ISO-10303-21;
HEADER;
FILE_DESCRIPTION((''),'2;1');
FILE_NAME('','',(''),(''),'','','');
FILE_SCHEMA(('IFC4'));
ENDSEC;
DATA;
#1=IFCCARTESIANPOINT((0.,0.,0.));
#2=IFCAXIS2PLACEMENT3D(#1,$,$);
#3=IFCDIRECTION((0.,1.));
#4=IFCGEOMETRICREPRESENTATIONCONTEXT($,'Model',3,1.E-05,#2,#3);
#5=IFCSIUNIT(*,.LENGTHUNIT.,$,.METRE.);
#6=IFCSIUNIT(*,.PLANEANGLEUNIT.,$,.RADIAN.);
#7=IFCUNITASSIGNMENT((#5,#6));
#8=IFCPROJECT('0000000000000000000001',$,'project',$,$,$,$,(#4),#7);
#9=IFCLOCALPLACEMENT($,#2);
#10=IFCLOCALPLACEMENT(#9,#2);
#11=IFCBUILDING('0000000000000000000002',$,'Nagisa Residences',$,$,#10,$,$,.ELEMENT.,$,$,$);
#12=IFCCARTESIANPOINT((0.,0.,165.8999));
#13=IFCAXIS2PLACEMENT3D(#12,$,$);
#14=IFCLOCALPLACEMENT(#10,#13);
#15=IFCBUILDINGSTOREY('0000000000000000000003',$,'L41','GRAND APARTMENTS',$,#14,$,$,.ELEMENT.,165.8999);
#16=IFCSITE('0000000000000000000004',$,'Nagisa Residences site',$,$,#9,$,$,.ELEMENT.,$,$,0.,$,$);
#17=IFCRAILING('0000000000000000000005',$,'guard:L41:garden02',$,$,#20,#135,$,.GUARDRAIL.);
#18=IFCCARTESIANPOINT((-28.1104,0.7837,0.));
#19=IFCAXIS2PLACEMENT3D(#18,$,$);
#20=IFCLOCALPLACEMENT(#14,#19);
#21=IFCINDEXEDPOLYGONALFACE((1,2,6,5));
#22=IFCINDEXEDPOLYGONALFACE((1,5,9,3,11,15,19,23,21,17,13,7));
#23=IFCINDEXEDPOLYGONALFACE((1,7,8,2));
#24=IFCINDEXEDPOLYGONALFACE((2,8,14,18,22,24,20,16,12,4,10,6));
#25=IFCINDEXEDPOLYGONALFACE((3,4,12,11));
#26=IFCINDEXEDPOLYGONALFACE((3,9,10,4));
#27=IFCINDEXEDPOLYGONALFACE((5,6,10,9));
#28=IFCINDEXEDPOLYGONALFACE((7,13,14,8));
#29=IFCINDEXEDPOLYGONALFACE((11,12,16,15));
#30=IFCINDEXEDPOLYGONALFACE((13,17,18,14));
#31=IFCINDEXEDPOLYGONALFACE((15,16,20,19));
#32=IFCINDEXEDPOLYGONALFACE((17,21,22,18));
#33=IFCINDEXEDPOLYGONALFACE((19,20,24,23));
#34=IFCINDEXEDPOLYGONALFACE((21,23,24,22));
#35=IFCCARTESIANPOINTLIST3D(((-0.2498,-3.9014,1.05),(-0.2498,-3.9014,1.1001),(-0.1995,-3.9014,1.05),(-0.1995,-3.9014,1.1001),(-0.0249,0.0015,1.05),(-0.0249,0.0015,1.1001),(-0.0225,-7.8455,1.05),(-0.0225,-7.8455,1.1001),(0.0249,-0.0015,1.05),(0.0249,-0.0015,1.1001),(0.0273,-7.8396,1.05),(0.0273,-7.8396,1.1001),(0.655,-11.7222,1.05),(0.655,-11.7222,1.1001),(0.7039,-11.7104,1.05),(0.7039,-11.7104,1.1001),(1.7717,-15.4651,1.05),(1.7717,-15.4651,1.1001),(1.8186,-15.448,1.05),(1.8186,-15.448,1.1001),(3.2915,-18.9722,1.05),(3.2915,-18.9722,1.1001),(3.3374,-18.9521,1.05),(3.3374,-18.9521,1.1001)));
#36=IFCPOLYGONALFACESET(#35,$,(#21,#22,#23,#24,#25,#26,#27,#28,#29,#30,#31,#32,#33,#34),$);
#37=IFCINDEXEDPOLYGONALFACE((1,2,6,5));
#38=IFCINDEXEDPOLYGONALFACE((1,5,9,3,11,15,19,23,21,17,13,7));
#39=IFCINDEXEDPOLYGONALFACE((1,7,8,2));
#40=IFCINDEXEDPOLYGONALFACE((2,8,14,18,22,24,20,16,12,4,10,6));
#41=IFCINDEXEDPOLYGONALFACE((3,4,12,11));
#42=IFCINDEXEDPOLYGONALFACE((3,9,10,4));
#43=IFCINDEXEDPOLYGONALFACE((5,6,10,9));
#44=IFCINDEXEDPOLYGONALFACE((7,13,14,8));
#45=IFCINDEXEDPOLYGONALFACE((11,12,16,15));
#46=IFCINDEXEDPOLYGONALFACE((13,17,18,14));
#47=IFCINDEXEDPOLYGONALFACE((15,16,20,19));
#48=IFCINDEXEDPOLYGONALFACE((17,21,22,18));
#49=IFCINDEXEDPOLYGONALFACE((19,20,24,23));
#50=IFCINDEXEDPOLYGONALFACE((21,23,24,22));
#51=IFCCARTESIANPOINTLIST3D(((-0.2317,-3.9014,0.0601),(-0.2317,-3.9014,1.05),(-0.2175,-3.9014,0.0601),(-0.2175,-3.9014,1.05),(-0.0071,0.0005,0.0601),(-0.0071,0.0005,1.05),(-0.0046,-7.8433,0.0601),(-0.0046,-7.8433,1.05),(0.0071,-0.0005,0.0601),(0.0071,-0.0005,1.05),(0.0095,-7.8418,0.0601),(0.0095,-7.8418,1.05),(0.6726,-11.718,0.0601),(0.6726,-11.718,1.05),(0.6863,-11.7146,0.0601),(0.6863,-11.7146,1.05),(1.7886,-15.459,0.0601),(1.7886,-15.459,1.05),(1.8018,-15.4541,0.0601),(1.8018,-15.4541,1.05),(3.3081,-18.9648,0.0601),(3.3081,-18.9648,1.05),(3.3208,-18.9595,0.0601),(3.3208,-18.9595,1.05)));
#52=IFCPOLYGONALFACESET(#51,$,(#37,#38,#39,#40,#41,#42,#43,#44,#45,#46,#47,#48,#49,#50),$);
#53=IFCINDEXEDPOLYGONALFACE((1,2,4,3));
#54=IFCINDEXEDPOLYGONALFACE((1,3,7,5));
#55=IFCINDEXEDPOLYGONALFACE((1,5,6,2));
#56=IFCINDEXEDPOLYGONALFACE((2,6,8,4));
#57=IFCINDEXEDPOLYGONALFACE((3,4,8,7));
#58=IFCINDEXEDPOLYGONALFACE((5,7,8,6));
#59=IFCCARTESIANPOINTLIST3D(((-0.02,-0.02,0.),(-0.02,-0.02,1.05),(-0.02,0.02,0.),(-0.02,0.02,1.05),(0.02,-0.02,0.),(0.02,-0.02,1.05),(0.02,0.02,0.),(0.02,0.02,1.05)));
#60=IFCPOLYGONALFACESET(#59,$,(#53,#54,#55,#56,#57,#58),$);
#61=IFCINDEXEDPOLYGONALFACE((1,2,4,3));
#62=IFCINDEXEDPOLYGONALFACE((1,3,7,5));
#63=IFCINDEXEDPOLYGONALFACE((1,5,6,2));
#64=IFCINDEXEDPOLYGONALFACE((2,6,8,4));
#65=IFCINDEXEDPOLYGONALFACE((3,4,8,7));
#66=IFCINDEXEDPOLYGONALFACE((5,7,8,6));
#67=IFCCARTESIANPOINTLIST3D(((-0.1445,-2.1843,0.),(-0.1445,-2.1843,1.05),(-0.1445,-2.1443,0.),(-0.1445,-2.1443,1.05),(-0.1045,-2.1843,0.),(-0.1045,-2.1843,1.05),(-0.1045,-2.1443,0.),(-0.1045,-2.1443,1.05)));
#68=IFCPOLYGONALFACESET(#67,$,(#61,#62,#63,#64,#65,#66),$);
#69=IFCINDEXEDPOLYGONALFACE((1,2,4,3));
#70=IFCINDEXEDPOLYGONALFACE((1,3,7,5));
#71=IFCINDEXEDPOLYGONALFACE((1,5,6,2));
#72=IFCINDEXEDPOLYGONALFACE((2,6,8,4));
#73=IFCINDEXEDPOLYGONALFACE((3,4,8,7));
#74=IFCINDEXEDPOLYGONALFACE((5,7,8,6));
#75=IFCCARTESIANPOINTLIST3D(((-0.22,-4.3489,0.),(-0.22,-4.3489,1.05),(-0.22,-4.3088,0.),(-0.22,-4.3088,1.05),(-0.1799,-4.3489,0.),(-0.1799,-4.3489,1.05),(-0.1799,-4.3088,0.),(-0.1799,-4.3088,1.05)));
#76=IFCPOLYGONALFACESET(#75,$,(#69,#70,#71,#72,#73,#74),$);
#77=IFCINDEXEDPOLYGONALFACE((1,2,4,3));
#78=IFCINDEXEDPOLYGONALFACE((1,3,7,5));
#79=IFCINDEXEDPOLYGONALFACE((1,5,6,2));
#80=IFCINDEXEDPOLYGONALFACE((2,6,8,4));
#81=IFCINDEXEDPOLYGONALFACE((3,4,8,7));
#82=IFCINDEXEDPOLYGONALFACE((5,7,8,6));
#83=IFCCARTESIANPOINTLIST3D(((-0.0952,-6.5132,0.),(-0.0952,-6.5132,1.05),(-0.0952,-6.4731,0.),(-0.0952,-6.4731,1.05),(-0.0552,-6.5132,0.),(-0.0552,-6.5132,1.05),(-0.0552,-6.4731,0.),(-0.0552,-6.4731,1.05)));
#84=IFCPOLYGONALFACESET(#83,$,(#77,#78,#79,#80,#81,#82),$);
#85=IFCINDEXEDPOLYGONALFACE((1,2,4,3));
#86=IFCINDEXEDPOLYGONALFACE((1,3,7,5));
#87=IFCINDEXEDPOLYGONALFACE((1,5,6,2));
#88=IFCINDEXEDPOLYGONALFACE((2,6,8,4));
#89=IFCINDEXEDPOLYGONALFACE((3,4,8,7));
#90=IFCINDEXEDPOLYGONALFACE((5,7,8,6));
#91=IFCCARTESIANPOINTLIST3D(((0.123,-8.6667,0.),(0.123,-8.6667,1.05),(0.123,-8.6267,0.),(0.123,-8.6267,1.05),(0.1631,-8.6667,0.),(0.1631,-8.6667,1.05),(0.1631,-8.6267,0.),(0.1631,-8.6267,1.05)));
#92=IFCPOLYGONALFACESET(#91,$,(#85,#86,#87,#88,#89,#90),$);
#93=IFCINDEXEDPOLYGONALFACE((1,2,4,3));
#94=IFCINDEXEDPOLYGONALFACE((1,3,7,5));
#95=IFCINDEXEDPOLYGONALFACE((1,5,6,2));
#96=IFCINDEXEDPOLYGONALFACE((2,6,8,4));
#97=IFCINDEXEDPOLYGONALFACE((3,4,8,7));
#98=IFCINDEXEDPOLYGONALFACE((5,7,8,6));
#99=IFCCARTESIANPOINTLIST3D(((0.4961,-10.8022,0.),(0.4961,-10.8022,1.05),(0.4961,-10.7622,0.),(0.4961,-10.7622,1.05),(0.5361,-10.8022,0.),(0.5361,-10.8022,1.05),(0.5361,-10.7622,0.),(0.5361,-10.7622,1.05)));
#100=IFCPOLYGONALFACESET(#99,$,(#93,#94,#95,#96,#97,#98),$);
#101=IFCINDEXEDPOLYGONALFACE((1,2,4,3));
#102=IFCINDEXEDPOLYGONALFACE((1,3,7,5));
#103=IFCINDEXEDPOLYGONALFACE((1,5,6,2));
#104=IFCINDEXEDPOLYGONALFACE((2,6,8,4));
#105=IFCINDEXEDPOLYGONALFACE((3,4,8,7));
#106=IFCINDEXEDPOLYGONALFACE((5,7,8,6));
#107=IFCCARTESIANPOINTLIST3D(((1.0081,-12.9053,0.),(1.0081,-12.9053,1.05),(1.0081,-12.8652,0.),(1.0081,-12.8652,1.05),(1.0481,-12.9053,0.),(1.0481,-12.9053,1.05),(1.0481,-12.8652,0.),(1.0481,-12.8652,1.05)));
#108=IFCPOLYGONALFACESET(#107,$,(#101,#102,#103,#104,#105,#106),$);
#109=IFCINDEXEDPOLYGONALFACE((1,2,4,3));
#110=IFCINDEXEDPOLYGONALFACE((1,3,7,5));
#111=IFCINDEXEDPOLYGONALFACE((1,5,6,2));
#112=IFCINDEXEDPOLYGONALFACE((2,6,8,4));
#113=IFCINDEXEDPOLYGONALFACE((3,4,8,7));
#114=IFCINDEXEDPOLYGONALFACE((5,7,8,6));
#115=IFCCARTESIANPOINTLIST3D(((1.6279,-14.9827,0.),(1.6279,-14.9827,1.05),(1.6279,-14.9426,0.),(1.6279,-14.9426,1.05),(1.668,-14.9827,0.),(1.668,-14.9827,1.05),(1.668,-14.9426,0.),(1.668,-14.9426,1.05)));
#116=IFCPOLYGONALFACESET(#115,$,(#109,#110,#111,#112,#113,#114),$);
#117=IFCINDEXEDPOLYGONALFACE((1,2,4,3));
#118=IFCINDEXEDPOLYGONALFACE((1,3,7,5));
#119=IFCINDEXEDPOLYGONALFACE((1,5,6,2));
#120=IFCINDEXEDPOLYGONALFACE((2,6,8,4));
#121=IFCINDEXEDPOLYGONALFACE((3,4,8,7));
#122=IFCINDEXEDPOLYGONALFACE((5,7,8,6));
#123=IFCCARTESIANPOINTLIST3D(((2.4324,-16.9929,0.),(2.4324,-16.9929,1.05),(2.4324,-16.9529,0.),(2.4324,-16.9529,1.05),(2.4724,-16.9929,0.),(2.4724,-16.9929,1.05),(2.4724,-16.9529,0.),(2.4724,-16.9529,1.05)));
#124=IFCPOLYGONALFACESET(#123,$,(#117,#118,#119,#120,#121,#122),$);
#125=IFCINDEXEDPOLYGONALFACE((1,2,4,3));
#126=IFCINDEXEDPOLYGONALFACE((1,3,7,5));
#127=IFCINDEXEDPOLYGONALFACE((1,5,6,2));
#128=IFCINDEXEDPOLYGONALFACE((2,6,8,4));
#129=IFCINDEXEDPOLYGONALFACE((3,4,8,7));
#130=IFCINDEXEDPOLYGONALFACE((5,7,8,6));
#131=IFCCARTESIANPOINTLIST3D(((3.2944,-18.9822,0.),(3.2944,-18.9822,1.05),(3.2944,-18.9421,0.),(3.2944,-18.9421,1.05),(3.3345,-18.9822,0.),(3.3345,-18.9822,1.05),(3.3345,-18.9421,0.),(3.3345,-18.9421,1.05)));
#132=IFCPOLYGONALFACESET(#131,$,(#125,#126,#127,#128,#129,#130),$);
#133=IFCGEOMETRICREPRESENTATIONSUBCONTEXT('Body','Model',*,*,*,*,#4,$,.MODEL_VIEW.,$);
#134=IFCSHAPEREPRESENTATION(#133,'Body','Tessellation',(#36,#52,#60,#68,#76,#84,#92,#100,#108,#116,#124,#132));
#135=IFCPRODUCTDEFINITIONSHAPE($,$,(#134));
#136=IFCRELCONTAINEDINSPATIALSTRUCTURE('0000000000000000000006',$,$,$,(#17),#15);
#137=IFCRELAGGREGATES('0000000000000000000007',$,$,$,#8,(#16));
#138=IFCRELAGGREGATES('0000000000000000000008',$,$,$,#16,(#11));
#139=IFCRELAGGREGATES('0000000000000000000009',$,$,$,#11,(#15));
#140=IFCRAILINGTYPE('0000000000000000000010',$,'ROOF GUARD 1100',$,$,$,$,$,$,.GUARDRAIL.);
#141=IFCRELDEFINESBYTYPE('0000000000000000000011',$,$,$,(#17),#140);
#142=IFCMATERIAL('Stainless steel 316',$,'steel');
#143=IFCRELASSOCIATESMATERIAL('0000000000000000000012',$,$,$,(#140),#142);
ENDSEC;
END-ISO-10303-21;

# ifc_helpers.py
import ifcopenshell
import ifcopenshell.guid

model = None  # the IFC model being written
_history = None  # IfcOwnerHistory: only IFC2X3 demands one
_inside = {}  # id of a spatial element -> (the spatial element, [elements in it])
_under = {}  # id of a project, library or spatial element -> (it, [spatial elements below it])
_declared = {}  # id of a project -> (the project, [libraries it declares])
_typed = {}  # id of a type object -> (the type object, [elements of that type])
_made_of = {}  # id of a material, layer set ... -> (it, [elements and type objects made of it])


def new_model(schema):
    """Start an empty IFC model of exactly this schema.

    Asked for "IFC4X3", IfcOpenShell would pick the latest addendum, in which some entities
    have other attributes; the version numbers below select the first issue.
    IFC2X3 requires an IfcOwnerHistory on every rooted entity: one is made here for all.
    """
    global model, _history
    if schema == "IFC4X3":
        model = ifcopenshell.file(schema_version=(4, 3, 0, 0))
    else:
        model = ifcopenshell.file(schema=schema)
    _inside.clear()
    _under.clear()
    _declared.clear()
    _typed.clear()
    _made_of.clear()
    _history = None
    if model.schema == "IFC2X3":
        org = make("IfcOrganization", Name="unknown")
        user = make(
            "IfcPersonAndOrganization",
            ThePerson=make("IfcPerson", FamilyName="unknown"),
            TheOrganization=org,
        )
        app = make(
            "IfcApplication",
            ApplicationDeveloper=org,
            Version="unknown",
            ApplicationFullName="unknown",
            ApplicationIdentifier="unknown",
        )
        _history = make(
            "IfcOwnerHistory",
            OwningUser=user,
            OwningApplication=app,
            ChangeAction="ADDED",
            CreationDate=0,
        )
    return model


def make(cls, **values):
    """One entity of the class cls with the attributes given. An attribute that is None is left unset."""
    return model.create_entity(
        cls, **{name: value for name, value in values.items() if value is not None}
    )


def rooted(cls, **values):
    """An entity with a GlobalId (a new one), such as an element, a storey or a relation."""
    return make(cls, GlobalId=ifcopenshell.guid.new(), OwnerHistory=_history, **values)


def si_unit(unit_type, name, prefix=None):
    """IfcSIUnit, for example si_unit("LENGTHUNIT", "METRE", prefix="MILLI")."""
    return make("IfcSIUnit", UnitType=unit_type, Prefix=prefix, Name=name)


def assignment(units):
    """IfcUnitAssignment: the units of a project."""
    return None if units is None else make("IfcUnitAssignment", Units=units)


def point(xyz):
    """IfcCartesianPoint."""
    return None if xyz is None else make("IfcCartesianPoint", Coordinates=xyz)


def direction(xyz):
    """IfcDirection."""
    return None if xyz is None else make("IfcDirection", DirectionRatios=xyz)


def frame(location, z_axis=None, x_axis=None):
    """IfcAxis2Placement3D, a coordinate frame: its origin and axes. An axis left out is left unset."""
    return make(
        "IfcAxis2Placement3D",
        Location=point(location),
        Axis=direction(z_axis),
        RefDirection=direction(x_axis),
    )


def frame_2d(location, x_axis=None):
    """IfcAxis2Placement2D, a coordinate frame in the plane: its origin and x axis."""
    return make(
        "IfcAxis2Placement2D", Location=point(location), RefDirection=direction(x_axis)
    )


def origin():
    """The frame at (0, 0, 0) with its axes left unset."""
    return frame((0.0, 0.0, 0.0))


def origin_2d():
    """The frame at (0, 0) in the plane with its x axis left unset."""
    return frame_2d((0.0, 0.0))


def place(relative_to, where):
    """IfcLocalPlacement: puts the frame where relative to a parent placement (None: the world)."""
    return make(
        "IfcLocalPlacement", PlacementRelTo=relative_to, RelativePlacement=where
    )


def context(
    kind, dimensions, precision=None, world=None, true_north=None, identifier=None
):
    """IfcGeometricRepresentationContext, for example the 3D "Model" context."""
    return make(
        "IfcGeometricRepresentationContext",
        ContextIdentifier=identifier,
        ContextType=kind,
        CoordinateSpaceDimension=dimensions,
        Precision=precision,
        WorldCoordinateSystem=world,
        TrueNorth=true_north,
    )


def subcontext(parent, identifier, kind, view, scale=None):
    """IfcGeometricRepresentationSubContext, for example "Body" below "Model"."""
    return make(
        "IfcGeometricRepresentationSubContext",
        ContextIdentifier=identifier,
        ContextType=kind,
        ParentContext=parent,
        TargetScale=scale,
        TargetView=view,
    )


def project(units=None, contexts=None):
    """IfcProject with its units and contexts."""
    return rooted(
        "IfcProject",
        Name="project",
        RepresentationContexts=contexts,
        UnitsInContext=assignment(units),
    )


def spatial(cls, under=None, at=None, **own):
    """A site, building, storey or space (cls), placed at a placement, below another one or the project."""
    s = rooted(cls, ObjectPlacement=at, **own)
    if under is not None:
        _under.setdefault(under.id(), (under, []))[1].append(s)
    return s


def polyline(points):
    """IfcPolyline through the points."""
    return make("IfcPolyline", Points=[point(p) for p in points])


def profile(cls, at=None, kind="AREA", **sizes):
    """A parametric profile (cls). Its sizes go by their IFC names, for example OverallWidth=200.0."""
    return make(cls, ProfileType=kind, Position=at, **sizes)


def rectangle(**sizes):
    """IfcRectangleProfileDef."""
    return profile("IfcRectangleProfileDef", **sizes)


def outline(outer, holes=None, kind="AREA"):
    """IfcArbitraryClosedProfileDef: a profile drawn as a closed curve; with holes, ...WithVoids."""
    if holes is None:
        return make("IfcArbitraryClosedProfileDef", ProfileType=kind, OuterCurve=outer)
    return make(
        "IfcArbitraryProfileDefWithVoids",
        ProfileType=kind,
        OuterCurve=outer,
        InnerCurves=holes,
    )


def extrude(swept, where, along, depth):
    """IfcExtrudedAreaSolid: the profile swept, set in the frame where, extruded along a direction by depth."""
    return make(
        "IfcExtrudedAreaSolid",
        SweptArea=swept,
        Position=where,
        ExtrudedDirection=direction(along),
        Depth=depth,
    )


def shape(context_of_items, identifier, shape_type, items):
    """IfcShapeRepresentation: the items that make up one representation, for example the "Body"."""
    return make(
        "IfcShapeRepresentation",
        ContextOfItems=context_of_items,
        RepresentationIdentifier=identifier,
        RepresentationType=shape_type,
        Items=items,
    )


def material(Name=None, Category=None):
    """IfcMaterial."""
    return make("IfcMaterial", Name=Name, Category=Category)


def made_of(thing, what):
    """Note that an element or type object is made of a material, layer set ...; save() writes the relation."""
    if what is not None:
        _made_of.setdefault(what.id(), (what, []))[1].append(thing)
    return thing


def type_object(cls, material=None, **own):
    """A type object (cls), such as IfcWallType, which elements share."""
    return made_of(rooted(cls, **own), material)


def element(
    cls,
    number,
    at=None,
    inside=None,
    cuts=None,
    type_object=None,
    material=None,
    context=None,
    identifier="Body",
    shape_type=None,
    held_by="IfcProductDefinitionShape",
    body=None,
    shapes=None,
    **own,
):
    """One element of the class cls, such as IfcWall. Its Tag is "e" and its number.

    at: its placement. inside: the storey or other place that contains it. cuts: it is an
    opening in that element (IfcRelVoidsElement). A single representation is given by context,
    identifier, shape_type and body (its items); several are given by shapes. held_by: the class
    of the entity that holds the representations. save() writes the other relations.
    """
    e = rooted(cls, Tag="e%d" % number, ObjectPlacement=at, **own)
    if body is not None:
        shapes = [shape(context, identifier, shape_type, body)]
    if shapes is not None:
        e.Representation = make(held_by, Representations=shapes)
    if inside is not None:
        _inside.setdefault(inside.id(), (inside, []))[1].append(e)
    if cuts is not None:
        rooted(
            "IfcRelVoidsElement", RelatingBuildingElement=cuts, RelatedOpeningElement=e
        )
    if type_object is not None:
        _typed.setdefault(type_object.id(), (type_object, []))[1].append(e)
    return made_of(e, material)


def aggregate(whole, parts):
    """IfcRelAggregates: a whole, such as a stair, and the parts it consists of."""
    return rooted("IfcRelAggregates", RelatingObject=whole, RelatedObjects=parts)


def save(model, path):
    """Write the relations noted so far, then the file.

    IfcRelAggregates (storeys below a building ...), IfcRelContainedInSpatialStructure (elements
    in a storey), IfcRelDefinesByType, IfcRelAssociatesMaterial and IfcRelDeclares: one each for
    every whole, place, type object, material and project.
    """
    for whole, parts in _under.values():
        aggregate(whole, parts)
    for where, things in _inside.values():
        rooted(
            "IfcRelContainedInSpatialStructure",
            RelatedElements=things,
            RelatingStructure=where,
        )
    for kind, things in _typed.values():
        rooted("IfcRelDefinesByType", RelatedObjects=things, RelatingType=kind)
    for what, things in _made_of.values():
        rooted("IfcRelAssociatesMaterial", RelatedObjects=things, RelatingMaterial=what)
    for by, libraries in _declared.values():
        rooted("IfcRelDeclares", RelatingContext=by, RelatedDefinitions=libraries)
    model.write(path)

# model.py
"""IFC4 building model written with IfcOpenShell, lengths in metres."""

from ifc_helpers import new_model, si_unit, direction, frame, origin, origin_2d, place, context, subcontext, project, spatial, polyline, rectangle, outline, extrude, material, type_object, element, save


model = new_model("IFC4")

# Units and contexts
model_context = context("Model", 3, precision=1e-05, world=origin(), true_north=direction((0.0, 1.0)))
body_context = subcontext(model_context, "Body", "Model", "MODEL_VIEW")
ifc_project = project(units=[si_unit("LENGTHUNIT", "METRE"), si_unit("PLANEANGLEUNIT", "RADIAN")], contexts=[model_context])

# Site, building, storey
site_placement = place(None, origin())
site = spatial("IfcSite", under=ifc_project, at=site_placement, Name="Nagisa Residences site", CompositionType="ELEMENT", RefElevation=0.0)
building_placement = place(site_placement, origin())
building = spatial("IfcBuilding", under=site, at=building_placement, Name="Nagisa Residences", CompositionType="ELEMENT")
storey_placement = place(building_placement, frame((0.0, 0.0, 165.8999)))
storey = spatial("IfcBuildingStorey", under=building, at=storey_placement, Name="L41", Description="GRAND APARTMENTS", CompositionType="ELEMENT", Elevation=165.8999)

# Railing
ifc_material_1 = material(Name="Stainless steel 316", Category="steel")
railing_type = type_object("IfcRailingType", Name="ROOF GUARD 1100", PredefinedType="GUARDRAIL", material=ifc_material_1)
railing_placement = place(storey_placement, frame((-28.1104, 0.7837, 0.0)))
element("IfcRailing", 1, at=railing_placement, inside=storey, type_object=railing_type, Name="guard:L41:garden02", PredefinedType="GUARDRAIL", context=body_context, shape_type="SweptSolid", body=[
    extrude(outline(polyline([(-0.1995, -3.9014), (0.0249, -0.0015), (-0.0249, 0.0015), (-0.2498, -3.9014), (-0.0225, -7.8455), (0.655, -11.7222), (1.7717, -15.4651), (3.2915, -18.9722), (3.3374, -18.9521), (1.8186, -15.448), (0.7039, -11.7104), (0.0273, -7.8396), (-0.1995, -3.9014)])), frame((0.0, 0.0, 1.05)), (0.0, 0.0, 1.0), 0.05),
    extrude(outline(polyline([(-0.2175, -3.9014), (0.0071, -0.0005), (-0.0071, 0.0005), (-0.2317, -3.9014), (-0.0046, -7.8433), (0.6726, -11.718), (1.7886, -15.459), (3.3081, -18.9648), (3.3208, -18.9595), (1.8018, -15.4541), (0.6863, -11.7146), (0.0095, -7.8418), (-0.2175, -3.9014)])), frame((0.0, 0.0, 0.0601)), (0.0, 0.0, 1.0), 0.99),
    extrude(rectangle(XDim=0.04, YDim=0.04, at=origin_2d()), origin(), (0.0, 0.0, 1.0), 1.05),
    extrude(rectangle(XDim=0.04, YDim=0.04, at=origin_2d()), frame((-0.1245, -2.1643, 0.0)), (0.0, 0.0, 1.0), 1.05),
    extrude(rectangle(XDim=0.04, YDim=0.04, at=origin_2d()), frame((-0.2, -4.3289, 0.0)), (0.0, 0.0, 1.0), 1.05),
    extrude(rectangle(XDim=0.04, YDim=0.04, at=origin_2d()), frame((-0.0752, -6.4932, 0.0)), (0.0, 0.0, 1.0), 1.05),
    extrude(rectangle(XDim=0.04, YDim=0.04, at=origin_2d()), frame((0.1431, -8.6467, 0.0)), (0.0, 0.0, 1.0), 1.05),
    extrude(rectangle(XDim=0.04, YDim=0.04, at=origin_2d()), frame((0.5161, -10.7822, 0.0)), (0.0, 0.0, 1.0), 1.05),
    extrude(rectangle(XDim=0.04, YDim=0.04, at=origin_2d()), frame((1.0281, -12.8853, 0.0)), (0.0, 0.0, 1.0), 1.05),
    extrude(rectangle(XDim=0.04, YDim=0.04, at=origin_2d()), frame((1.6479, -14.9626, 0.0)), (0.0, 0.0, 1.0), 1.05),
    extrude(rectangle(XDim=0.04, YDim=0.04, at=origin_2d()), frame((2.4524, -16.9729, 0.0)), (0.0, 0.0, 1.0), 1.05),
    extrude(rectangle(XDim=0.04, YDim=0.04, at=origin_2d()), frame((3.3145, -18.9622, 0.0)), (0.0, 0.0, 1.0), 1.05),
])

save(model, "model.ifc")
